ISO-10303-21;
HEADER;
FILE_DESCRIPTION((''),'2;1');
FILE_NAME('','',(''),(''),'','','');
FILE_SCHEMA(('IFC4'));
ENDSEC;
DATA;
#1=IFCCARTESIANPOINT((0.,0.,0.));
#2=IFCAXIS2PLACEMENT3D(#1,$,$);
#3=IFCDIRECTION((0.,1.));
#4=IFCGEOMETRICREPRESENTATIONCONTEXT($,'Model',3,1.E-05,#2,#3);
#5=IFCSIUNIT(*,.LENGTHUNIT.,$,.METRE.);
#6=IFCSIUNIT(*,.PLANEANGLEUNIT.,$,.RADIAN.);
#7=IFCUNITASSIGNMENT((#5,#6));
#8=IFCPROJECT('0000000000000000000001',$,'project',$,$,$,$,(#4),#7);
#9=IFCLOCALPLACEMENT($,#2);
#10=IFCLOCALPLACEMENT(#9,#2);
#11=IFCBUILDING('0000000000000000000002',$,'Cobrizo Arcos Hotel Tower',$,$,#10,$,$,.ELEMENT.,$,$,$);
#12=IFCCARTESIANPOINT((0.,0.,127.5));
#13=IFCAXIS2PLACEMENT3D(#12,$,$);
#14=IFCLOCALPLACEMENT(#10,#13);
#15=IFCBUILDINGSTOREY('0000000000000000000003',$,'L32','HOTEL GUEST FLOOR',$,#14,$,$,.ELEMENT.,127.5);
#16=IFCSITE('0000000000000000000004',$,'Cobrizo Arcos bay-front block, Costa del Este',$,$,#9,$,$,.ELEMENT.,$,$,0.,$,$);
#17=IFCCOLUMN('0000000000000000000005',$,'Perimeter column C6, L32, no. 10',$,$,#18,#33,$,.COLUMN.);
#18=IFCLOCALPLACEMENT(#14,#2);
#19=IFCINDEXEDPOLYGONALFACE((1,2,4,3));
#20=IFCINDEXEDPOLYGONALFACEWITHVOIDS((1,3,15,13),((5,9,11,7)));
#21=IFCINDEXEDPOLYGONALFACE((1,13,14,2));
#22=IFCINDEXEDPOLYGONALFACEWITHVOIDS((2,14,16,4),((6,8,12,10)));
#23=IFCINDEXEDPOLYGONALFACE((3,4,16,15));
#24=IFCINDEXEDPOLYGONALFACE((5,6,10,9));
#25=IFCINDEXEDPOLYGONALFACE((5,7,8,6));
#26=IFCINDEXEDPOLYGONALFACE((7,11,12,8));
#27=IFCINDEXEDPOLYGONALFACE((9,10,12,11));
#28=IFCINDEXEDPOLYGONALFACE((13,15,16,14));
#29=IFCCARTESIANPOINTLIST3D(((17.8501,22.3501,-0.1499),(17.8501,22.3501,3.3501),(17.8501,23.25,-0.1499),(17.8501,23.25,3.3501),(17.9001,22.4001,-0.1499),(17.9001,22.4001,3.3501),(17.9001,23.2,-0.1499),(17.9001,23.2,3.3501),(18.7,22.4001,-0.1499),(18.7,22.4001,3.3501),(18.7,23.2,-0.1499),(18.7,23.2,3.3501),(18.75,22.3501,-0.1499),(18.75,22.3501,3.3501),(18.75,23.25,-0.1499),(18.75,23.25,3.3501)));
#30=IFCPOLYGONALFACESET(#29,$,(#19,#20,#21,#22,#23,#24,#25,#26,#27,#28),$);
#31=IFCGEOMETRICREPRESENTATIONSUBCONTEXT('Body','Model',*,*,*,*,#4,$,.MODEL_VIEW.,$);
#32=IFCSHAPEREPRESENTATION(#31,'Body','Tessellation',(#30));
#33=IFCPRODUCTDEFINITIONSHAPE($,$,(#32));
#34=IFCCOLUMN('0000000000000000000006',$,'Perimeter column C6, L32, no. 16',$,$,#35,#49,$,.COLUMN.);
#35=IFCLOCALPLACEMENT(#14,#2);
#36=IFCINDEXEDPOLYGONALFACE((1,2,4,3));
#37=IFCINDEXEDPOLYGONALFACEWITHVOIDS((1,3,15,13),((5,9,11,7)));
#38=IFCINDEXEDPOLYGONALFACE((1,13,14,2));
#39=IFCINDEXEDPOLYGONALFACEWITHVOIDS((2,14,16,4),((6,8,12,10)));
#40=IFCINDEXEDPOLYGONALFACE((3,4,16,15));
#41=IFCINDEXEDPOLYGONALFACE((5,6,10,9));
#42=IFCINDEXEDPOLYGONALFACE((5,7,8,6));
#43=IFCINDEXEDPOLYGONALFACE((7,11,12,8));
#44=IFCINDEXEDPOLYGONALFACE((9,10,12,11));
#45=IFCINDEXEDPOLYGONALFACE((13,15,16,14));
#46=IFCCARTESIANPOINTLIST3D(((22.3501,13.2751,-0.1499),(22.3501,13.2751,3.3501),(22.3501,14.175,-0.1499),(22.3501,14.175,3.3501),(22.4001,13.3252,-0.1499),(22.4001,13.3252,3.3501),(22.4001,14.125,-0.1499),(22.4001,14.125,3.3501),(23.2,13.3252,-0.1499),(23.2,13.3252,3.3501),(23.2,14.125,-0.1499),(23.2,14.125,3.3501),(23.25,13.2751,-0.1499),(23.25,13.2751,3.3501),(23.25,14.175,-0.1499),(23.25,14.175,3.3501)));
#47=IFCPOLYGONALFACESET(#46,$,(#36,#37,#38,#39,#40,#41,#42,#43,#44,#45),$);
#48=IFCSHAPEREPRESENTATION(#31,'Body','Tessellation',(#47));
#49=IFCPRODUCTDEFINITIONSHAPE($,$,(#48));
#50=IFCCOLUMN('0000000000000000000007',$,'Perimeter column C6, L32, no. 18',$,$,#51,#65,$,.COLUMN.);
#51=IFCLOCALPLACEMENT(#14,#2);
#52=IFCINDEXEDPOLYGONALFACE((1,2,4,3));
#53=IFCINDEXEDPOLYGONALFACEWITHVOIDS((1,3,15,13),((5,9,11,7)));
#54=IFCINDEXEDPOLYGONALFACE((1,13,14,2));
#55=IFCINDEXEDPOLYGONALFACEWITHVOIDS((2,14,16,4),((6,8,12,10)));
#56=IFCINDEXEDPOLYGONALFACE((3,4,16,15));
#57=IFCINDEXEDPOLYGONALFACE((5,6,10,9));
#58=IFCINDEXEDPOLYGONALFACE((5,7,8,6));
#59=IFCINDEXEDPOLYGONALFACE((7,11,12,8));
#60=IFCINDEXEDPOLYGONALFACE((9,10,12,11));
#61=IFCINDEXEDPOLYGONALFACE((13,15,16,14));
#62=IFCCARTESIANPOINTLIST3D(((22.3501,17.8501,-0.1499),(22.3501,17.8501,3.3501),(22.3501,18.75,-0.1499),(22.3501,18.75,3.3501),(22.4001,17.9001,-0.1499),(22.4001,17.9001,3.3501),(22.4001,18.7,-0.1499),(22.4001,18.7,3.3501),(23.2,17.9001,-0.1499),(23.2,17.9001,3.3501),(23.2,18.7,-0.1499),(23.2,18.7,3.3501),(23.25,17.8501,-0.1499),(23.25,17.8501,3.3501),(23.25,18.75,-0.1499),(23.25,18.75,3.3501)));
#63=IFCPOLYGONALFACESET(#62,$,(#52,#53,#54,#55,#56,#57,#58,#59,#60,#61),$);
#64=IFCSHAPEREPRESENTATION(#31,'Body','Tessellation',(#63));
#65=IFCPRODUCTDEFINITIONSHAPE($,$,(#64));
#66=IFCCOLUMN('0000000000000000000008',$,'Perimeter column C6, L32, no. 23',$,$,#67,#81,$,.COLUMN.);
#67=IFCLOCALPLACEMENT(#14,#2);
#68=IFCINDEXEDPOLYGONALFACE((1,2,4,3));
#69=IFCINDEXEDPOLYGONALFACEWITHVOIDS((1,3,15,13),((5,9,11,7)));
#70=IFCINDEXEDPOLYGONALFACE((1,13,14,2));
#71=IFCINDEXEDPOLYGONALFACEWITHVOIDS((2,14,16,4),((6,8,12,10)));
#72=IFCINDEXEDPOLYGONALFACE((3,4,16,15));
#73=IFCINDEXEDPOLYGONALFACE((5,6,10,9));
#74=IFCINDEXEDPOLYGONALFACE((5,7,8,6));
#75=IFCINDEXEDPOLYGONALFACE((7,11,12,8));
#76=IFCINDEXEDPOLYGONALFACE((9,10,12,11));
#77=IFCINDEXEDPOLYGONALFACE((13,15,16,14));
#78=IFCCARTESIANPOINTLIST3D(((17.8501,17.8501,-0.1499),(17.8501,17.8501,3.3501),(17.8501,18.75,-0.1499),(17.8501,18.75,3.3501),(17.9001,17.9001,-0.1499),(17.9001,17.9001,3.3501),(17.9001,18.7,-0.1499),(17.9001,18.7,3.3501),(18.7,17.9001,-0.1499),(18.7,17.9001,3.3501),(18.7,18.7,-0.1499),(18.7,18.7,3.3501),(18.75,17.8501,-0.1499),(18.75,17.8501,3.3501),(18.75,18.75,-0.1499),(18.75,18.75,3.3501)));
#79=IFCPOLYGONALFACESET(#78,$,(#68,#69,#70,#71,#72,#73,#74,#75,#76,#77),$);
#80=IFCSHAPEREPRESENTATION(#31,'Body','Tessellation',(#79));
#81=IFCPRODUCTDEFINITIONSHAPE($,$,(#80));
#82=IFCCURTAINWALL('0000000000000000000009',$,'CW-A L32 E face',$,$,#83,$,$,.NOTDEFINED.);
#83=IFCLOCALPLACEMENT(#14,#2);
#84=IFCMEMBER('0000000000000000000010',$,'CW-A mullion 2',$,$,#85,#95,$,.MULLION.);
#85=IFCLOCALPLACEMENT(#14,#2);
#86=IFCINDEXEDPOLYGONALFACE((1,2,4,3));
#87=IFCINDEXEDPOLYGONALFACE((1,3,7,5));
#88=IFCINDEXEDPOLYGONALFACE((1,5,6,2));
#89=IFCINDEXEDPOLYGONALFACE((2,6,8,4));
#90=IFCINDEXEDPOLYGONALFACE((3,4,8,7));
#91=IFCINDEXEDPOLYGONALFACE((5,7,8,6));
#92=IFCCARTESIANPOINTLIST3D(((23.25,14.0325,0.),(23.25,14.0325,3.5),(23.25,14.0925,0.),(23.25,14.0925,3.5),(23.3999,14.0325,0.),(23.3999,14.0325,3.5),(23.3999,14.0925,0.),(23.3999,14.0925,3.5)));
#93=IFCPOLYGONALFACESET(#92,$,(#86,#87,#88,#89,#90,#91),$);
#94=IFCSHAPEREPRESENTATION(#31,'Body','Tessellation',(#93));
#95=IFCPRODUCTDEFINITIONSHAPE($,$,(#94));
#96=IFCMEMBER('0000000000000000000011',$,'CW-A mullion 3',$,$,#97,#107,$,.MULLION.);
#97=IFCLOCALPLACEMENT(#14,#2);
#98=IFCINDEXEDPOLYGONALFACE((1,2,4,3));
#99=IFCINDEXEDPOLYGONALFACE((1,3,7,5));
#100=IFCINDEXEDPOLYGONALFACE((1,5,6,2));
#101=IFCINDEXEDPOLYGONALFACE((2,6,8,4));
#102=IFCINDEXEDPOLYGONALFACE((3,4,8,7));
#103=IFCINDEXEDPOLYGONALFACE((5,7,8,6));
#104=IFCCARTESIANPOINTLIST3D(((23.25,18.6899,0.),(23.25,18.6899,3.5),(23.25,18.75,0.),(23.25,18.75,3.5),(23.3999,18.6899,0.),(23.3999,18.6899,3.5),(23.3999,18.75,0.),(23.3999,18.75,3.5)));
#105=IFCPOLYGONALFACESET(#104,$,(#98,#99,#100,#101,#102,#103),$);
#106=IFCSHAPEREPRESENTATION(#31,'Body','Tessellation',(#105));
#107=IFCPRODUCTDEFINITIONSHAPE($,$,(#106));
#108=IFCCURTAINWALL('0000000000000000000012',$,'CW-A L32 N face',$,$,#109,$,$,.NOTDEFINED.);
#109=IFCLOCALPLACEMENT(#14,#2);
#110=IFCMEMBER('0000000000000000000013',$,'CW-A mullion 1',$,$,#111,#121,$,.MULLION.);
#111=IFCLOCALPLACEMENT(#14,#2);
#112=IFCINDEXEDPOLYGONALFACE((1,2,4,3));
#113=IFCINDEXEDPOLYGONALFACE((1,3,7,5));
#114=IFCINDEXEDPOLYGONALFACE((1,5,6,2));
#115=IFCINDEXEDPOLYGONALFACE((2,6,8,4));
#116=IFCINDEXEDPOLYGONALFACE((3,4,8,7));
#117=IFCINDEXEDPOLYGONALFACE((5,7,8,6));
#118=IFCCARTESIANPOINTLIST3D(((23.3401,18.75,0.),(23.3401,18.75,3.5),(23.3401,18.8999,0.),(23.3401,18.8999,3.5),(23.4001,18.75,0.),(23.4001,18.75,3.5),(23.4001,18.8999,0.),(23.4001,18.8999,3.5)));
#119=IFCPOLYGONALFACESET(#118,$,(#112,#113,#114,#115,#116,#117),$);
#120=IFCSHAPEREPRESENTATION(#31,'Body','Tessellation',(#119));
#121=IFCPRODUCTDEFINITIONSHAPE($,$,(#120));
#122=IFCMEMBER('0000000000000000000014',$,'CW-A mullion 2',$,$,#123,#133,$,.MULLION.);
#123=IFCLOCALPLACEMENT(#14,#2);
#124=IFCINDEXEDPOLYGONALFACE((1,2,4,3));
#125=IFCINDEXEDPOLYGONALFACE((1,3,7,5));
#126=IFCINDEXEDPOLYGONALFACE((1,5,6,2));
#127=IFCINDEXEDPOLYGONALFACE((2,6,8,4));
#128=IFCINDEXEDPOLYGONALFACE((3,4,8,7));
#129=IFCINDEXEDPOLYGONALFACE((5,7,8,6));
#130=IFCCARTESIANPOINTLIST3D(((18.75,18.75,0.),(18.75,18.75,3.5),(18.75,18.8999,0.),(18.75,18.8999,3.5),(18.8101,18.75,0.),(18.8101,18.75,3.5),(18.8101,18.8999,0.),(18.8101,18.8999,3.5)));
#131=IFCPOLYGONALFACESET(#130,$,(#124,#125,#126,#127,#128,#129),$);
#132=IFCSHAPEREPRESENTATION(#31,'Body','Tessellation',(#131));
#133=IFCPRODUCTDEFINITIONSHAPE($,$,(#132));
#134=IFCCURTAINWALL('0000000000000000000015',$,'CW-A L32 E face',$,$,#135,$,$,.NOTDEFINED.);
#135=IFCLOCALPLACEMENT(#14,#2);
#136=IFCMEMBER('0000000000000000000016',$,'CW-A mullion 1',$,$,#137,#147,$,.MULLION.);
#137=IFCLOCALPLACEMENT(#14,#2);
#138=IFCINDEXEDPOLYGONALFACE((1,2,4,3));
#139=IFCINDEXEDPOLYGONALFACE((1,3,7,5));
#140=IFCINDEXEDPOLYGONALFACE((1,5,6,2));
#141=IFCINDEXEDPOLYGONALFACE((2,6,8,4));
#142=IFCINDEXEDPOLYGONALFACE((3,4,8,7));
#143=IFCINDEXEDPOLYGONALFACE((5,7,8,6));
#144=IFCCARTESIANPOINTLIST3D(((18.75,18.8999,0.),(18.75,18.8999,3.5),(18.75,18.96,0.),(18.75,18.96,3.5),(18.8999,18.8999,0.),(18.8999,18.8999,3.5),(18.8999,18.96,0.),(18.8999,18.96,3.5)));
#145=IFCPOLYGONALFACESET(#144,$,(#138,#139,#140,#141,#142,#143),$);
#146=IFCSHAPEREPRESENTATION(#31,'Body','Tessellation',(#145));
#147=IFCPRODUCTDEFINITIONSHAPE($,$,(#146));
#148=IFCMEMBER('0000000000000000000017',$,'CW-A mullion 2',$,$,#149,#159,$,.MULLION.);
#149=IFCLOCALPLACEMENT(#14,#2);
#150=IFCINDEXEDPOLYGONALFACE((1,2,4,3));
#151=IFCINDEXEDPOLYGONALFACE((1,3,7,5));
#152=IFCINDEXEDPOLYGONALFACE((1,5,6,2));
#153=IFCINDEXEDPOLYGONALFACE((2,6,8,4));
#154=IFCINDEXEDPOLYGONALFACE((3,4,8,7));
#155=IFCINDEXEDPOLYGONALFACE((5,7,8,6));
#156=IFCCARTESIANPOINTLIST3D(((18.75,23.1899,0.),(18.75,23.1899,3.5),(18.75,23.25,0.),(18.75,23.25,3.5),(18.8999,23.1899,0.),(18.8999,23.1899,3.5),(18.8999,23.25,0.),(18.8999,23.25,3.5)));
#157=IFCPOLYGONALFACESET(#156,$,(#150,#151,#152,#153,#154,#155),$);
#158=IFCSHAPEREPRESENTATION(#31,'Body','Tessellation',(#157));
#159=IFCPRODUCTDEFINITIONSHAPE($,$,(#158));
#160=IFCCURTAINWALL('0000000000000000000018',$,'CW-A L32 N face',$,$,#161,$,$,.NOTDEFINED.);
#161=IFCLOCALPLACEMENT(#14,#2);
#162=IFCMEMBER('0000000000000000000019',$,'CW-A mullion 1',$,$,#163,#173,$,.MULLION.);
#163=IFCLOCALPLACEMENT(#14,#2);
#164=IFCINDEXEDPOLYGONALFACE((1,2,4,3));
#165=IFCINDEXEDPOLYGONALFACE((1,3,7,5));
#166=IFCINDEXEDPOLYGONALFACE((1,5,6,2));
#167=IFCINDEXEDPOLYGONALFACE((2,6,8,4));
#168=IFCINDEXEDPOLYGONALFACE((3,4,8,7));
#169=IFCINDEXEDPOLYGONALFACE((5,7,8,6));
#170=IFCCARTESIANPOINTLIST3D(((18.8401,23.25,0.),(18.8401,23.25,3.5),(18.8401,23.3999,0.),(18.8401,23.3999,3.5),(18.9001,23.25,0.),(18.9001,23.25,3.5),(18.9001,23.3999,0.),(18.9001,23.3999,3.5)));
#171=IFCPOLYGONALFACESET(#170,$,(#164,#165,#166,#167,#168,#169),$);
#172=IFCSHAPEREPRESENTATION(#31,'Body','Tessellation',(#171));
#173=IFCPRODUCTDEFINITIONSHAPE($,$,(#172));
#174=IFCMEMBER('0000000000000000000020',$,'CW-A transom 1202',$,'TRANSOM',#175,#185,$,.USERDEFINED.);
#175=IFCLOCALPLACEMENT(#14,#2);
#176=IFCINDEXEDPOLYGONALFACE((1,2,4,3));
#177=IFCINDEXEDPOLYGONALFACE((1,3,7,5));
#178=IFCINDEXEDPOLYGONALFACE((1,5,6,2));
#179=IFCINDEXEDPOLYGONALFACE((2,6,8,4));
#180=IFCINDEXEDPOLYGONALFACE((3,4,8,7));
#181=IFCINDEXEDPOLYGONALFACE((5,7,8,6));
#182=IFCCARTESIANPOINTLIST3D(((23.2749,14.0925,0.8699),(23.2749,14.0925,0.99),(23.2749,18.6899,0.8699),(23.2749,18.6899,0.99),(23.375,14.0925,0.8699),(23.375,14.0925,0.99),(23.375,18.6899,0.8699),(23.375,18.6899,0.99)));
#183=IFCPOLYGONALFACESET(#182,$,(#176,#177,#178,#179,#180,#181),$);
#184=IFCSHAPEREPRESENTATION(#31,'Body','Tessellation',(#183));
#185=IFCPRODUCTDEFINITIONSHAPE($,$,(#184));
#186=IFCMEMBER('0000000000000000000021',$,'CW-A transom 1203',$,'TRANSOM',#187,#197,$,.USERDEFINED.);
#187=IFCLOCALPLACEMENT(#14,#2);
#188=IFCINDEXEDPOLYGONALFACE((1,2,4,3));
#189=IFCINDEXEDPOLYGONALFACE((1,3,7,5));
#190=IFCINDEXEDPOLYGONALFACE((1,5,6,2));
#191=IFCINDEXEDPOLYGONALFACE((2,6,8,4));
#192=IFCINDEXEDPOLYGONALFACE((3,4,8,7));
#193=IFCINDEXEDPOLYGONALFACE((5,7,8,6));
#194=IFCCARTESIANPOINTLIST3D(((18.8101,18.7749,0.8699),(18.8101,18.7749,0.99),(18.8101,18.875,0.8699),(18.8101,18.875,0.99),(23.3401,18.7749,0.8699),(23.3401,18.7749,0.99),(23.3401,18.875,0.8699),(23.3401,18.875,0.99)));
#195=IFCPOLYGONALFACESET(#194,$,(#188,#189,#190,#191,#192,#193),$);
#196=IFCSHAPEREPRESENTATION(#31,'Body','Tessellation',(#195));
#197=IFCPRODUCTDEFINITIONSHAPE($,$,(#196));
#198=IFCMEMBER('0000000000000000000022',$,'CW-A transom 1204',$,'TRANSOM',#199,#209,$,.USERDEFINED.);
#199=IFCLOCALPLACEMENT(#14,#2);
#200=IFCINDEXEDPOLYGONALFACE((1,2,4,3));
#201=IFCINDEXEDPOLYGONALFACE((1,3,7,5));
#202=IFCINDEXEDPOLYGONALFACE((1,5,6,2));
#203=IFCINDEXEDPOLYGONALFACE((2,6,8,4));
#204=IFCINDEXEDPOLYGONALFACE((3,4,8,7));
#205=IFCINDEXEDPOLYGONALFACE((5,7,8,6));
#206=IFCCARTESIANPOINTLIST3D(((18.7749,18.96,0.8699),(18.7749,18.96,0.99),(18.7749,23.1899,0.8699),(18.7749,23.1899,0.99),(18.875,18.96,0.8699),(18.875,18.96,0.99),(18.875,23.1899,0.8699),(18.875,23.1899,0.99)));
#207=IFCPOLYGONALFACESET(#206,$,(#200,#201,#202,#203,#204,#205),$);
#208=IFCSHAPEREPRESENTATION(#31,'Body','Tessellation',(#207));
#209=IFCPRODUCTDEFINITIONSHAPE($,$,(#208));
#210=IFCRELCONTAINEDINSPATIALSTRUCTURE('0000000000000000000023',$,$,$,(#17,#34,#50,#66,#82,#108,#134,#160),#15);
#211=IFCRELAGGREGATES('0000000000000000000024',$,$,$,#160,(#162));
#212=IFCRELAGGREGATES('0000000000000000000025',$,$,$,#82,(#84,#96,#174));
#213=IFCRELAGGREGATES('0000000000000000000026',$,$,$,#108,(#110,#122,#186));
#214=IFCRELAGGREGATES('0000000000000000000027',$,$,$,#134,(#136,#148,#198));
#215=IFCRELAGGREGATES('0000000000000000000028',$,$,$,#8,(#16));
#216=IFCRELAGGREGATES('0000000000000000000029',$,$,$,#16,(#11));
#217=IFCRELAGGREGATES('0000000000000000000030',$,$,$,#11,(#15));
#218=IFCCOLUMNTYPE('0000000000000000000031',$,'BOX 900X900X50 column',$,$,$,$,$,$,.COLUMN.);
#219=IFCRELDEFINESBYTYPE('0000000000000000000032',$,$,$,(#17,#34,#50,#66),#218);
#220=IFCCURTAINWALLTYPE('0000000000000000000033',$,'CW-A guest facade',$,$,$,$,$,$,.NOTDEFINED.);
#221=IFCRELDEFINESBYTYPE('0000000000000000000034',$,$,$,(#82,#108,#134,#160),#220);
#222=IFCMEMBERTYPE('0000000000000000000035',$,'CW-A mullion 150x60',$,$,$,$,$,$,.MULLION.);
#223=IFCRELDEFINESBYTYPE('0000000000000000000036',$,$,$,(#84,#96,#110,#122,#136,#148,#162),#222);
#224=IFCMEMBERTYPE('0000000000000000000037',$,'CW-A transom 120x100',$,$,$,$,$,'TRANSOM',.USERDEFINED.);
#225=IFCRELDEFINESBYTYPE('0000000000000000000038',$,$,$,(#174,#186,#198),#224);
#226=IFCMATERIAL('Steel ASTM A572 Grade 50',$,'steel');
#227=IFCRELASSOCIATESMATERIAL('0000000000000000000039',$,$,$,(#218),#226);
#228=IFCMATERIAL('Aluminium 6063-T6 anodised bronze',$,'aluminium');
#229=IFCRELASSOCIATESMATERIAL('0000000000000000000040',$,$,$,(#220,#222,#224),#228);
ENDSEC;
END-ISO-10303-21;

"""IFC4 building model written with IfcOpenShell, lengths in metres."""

from ifc_helpers import new_model, si_unit, direction, frame, origin, origin_2d, place, context, subcontext, project, spatial, rectangle, hollow_rectangle, extrude, material, material_profile, profile_set, type_object, element, aggregate, save


model = new_model("IFC4")

# Units and contexts
model_context = context("Model", 3, precision=1e-05, world=origin(), true_north=direction((0.0, 1.0)))
body_context = subcontext(model_context, "Body", "Model", "MODEL_VIEW")
ifc_project = project(units=[si_unit("LENGTHUNIT", "METRE"), si_unit("PLANEANGLEUNIT", "RADIAN")], contexts=[model_context])

# Site, building, storey
site_placement = place(None, origin())
site = spatial("IfcSite", under=ifc_project, at=site_placement, Name="Cobrizo Arcos bay-front block, Costa del Este", CompositionType="ELEMENT", RefElevation=0.0)
building_placement = place(site_placement, origin())
building = spatial("IfcBuilding", under=site, at=building_placement, Name="Cobrizo Arcos Hotel Tower", CompositionType="ELEMENT")
storey_placement = place(building_placement, frame((0.0, 0.0, 127.5)))
storey = spatial("IfcBuildingStorey", under=building, at=storey_placement, Name="L32", Description="HOTEL GUEST FLOOR", CompositionType="ELEMENT", Elevation=127.5)

# Columns
ifc_material_1 = material(Name="Steel ASTM A572 Grade 50", Category="steel")
ifc_material_profile_1 = material_profile(ifc_material_1, hollow_rectangle(XDim=0.8999, YDim=0.8999, WallThickness=0.05, at=origin_2d()), Name="BOX 900X900X50")
ifc_profile_set_1 = profile_set([ifc_material_profile_1], Name="Steel ASTM A572 Grade 50")
column_type = type_object("IfcColumnType", Name="BOX 900X900X50 column", PredefinedType="COLUMN", material=ifc_profile_set_1)
for number, where, z_axis, x_axis, name in (
    (1, (18.3, 22.8, -0.1499), (0.0, 0.0, 1.0), (1.0, 0.0, 0.0), "Perimeter column C6, L32, no. 10"),
    (2, (22.8, 13.7251, -0.1499), (0.0, 0.0, 1.0), (1.0, 0.0, 0.0), "Perimeter column C6, L32, no. 16"),
    (3, (22.8, 18.3, -0.1499), (0.0, 0.0, 1.0), (1.0, 0.0, 0.0), "Perimeter column C6, L32, no. 18"),
    (4, (18.3, 18.3, -0.1499), (0.0, 0.0, 1.0), (1.0, 0.0, 0.0), "Perimeter column C6, L32, no. 23"),
):
    element("IfcColumn", number, at=place(storey_placement, frame(where, z_axis=z_axis, x_axis=x_axis)), inside=storey, type_object=column_type, Name=name, PredefinedType="COLUMN", context=body_context, shape_type="SweptSolid", body=[
        extrude(hollow_rectangle(XDim=0.8999, YDim=0.8999, WallThickness=0.05, at=origin_2d()), origin(), (0.0, 0.0, 1.0), 3.5),
    ])

# Curtain walls, members
ifc_material_2 = material(Name="Aluminium 6063-T6 anodised bronze", Category="aluminium")
curtain_wall_type = type_object("IfcCurtainWallType", Name="CW-A guest facade", PredefinedType="NOTDEFINED", material=ifc_material_2)
curtain_wall_1_placement = place(storey_placement, origin())
curtain_wall_1 = element("IfcCurtainWall", 5, at=curtain_wall_1_placement, inside=storey, type_object=curtain_wall_type, Name="CW-A L32 E face", PredefinedType="NOTDEFINED")
ifc_material_profile_2 = material_profile(ifc_material_2, rectangle(XDim=0.1499, YDim=0.0601, at=origin_2d()), Name="CW-A mullion 150x60")
ifc_profile_set_2 = profile_set([ifc_material_profile_2], Name="Aluminium 6063-T6 anodised bronze")
member_type_1 = type_object("IfcMemberType", Name="CW-A mullion 150x60", PredefinedType="MULLION", material=ifc_profile_set_2)
member_1_placement = place(storey_placement, frame((23.325, 14.0625, 0.0), z_axis=(0.0, 0.0, 1.0), x_axis=(1.0, 0.0, 0.0)))
member_1 = element("IfcMember", 6, at=member_1_placement, type_object=member_type_1, Name="CW-A mullion 2", PredefinedType="MULLION", context=body_context, shape_type="SweptSolid", body=[
    extrude(rectangle(XDim=0.1499, YDim=0.0601, at=origin_2d()), origin(), (0.0, 0.0, 1.0), 3.5),
])
member_2_placement = place(storey_placement, frame((23.325, 18.72, 0.0), z_axis=(0.0, 0.0, 1.0), x_axis=(1.0, 0.0, 0.0)))
member_2 = element("IfcMember", 7, at=member_2_placement, type_object=member_type_1, Name="CW-A mullion 3", PredefinedType="MULLION", context=body_context, shape_type="SweptSolid", body=[
    extrude(rectangle(XDim=0.1499, YDim=0.0601, at=origin_2d()), origin(), (0.0, 0.0, 1.0), 3.5),
])
curtain_wall_2_placement = place(storey_placement, origin())
curtain_wall_2 = element("IfcCurtainWall", 8, at=curtain_wall_2_placement, inside=storey, type_object=curtain_wall_type, Name="CW-A L32 N face", PredefinedType="NOTDEFINED")
member_3_placement = place(storey_placement, frame((23.3701, 18.825, 0.0), z_axis=(0.0, 0.0, 1.0), x_axis=(0.0, 1.0, 0.0)))
member_3 = element("IfcMember", 9, at=member_3_placement, type_object=member_type_1, Name="CW-A mullion 1", PredefinedType="MULLION", context=body_context, shape_type="SweptSolid", body=[
    extrude(rectangle(XDim=0.1499, YDim=0.0601, at=origin_2d()), origin(), (0.0, 0.0, 1.0), 3.5),
])
member_4_placement = place(storey_placement, frame((18.78, 18.825, 0.0), z_axis=(0.0, 0.0, 1.0), x_axis=(0.0, 1.0, 0.0)))
member_4 = element("IfcMember", 10, at=member_4_placement, type_object=member_type_1, Name="CW-A mullion 2", PredefinedType="MULLION", context=body_context, shape_type="SweptSolid", body=[
    extrude(rectangle(XDim=0.1499, YDim=0.0601, at=origin_2d()), origin(), (0.0, 0.0, 1.0), 3.5),
])
curtain_wall_3_placement = place(storey_placement, origin())
curtain_wall_3 = element("IfcCurtainWall", 11, at=curtain_wall_3_placement, inside=storey, type_object=curtain_wall_type, Name="CW-A L32 E face", PredefinedType="NOTDEFINED")
member_5_placement = place(storey_placement, frame((18.825, 18.9299, 0.0), z_axis=(0.0, 0.0, 1.0), x_axis=(1.0, 0.0, 0.0)))
member_5 = element("IfcMember", 12, at=member_5_placement, type_object=member_type_1, Name="CW-A mullion 1", PredefinedType="MULLION", context=body_context, shape_type="SweptSolid", body=[
    extrude(rectangle(XDim=0.1499, YDim=0.0601, at=origin_2d()), origin(), (0.0, 0.0, 1.0), 3.5),
])
member_6_placement = place(storey_placement, frame((18.825, 23.22, 0.0), z_axis=(0.0, 0.0, 1.0), x_axis=(1.0, 0.0, 0.0)))
member_6 = element("IfcMember", 13, at=member_6_placement, type_object=member_type_1, Name="CW-A mullion 2", PredefinedType="MULLION", context=body_context, shape_type="SweptSolid", body=[
    extrude(rectangle(XDim=0.1499, YDim=0.0601, at=origin_2d()), origin(), (0.0, 0.0, 1.0), 3.5),
])

# Curtain wall, member
curtain_wall_4_placement = place(storey_placement, origin())
curtain_wall_4 = element("IfcCurtainWall", 14, at=curtain_wall_4_placement, inside=storey, type_object=curtain_wall_type, Name="CW-A L32 N face", PredefinedType="NOTDEFINED")
member_7_placement = place(storey_placement, frame((18.8701, 23.325, 0.0), z_axis=(0.0, 0.0, 1.0), x_axis=(0.0, 1.0, 0.0)))
member_7 = element("IfcMember", 15, at=member_7_placement, type_object=member_type_1, Name="CW-A mullion 1", PredefinedType="MULLION", context=body_context, shape_type="SweptSolid", body=[
    extrude(rectangle(XDim=0.1499, YDim=0.0601, at=origin_2d()), origin(), (0.0, 0.0, 1.0), 3.5),
])

# Members
ifc_material_profile_3 = material_profile(ifc_material_2, rectangle(XDim=0.1001, YDim=0.1201, at=origin_2d()), Name="CW-A transom 120x100")
ifc_profile_set_3 = profile_set([ifc_material_profile_3], Name="Aluminium 6063-T6 anodised bronze")
member_type_2 = type_object("IfcMemberType", Name="CW-A transom 120x100", ElementType="TRANSOM", PredefinedType="USERDEFINED", material=ifc_profile_set_3)
member_8_placement = place(storey_placement, frame((23.325, 14.0925, 0.9299), z_axis=(0.0, 1.0, 0.0), x_axis=(-1.0, 0.0, 0.0)))
member_8 = element("IfcMember", 16, at=member_8_placement, type_object=member_type_2, Name="CW-A transom 1202", ObjectType="TRANSOM", PredefinedType="USERDEFINED", context=body_context, shape_type="SweptSolid", body=[
    extrude(rectangle(XDim=0.1001, YDim=0.1201, at=origin_2d()), origin(), (0.0, 0.0, 1.0), 4.5974),
])
member_9_placement = place(storey_placement, frame((23.3401, 18.825, 0.9299), z_axis=(-1.0, 0.0, 0.0), x_axis=(0.0, -1.0, 0.0)))
member_9 = element("IfcMember", 17, at=member_9_placement, type_object=member_type_2, Name="CW-A transom 1203", ObjectType="TRANSOM", PredefinedType="USERDEFINED", context=body_context, shape_type="SweptSolid", body=[
    extrude(rectangle(XDim=0.1001, YDim=0.1201, at=origin_2d()), origin(), (0.0, 0.0, 1.0), 4.53),
])
member_10_placement = place(storey_placement, frame((18.825, 18.96, 0.9299), z_axis=(0.0, 1.0, 0.0), x_axis=(-1.0, 0.0, 0.0)))
member_10 = element("IfcMember", 18, at=member_10_placement, type_object=member_type_2, Name="CW-A transom 1204", ObjectType="TRANSOM", PredefinedType="USERDEFINED", context=body_context, shape_type="SweptSolid", body=[
    extrude(rectangle(XDim=0.1001, YDim=0.1201, at=origin_2d()), origin(), (0.0, 0.0, 1.0), 4.23),
])
aggregate(curtain_wall_4, [member_7])

aggregate(curtain_wall_1, [member_1, member_2, member_8])
aggregate(curtain_wall_2, [member_3, member_4, member_9])
aggregate(curtain_wall_3, [member_5, member_6, member_10])

save(model, "model.ifc")
